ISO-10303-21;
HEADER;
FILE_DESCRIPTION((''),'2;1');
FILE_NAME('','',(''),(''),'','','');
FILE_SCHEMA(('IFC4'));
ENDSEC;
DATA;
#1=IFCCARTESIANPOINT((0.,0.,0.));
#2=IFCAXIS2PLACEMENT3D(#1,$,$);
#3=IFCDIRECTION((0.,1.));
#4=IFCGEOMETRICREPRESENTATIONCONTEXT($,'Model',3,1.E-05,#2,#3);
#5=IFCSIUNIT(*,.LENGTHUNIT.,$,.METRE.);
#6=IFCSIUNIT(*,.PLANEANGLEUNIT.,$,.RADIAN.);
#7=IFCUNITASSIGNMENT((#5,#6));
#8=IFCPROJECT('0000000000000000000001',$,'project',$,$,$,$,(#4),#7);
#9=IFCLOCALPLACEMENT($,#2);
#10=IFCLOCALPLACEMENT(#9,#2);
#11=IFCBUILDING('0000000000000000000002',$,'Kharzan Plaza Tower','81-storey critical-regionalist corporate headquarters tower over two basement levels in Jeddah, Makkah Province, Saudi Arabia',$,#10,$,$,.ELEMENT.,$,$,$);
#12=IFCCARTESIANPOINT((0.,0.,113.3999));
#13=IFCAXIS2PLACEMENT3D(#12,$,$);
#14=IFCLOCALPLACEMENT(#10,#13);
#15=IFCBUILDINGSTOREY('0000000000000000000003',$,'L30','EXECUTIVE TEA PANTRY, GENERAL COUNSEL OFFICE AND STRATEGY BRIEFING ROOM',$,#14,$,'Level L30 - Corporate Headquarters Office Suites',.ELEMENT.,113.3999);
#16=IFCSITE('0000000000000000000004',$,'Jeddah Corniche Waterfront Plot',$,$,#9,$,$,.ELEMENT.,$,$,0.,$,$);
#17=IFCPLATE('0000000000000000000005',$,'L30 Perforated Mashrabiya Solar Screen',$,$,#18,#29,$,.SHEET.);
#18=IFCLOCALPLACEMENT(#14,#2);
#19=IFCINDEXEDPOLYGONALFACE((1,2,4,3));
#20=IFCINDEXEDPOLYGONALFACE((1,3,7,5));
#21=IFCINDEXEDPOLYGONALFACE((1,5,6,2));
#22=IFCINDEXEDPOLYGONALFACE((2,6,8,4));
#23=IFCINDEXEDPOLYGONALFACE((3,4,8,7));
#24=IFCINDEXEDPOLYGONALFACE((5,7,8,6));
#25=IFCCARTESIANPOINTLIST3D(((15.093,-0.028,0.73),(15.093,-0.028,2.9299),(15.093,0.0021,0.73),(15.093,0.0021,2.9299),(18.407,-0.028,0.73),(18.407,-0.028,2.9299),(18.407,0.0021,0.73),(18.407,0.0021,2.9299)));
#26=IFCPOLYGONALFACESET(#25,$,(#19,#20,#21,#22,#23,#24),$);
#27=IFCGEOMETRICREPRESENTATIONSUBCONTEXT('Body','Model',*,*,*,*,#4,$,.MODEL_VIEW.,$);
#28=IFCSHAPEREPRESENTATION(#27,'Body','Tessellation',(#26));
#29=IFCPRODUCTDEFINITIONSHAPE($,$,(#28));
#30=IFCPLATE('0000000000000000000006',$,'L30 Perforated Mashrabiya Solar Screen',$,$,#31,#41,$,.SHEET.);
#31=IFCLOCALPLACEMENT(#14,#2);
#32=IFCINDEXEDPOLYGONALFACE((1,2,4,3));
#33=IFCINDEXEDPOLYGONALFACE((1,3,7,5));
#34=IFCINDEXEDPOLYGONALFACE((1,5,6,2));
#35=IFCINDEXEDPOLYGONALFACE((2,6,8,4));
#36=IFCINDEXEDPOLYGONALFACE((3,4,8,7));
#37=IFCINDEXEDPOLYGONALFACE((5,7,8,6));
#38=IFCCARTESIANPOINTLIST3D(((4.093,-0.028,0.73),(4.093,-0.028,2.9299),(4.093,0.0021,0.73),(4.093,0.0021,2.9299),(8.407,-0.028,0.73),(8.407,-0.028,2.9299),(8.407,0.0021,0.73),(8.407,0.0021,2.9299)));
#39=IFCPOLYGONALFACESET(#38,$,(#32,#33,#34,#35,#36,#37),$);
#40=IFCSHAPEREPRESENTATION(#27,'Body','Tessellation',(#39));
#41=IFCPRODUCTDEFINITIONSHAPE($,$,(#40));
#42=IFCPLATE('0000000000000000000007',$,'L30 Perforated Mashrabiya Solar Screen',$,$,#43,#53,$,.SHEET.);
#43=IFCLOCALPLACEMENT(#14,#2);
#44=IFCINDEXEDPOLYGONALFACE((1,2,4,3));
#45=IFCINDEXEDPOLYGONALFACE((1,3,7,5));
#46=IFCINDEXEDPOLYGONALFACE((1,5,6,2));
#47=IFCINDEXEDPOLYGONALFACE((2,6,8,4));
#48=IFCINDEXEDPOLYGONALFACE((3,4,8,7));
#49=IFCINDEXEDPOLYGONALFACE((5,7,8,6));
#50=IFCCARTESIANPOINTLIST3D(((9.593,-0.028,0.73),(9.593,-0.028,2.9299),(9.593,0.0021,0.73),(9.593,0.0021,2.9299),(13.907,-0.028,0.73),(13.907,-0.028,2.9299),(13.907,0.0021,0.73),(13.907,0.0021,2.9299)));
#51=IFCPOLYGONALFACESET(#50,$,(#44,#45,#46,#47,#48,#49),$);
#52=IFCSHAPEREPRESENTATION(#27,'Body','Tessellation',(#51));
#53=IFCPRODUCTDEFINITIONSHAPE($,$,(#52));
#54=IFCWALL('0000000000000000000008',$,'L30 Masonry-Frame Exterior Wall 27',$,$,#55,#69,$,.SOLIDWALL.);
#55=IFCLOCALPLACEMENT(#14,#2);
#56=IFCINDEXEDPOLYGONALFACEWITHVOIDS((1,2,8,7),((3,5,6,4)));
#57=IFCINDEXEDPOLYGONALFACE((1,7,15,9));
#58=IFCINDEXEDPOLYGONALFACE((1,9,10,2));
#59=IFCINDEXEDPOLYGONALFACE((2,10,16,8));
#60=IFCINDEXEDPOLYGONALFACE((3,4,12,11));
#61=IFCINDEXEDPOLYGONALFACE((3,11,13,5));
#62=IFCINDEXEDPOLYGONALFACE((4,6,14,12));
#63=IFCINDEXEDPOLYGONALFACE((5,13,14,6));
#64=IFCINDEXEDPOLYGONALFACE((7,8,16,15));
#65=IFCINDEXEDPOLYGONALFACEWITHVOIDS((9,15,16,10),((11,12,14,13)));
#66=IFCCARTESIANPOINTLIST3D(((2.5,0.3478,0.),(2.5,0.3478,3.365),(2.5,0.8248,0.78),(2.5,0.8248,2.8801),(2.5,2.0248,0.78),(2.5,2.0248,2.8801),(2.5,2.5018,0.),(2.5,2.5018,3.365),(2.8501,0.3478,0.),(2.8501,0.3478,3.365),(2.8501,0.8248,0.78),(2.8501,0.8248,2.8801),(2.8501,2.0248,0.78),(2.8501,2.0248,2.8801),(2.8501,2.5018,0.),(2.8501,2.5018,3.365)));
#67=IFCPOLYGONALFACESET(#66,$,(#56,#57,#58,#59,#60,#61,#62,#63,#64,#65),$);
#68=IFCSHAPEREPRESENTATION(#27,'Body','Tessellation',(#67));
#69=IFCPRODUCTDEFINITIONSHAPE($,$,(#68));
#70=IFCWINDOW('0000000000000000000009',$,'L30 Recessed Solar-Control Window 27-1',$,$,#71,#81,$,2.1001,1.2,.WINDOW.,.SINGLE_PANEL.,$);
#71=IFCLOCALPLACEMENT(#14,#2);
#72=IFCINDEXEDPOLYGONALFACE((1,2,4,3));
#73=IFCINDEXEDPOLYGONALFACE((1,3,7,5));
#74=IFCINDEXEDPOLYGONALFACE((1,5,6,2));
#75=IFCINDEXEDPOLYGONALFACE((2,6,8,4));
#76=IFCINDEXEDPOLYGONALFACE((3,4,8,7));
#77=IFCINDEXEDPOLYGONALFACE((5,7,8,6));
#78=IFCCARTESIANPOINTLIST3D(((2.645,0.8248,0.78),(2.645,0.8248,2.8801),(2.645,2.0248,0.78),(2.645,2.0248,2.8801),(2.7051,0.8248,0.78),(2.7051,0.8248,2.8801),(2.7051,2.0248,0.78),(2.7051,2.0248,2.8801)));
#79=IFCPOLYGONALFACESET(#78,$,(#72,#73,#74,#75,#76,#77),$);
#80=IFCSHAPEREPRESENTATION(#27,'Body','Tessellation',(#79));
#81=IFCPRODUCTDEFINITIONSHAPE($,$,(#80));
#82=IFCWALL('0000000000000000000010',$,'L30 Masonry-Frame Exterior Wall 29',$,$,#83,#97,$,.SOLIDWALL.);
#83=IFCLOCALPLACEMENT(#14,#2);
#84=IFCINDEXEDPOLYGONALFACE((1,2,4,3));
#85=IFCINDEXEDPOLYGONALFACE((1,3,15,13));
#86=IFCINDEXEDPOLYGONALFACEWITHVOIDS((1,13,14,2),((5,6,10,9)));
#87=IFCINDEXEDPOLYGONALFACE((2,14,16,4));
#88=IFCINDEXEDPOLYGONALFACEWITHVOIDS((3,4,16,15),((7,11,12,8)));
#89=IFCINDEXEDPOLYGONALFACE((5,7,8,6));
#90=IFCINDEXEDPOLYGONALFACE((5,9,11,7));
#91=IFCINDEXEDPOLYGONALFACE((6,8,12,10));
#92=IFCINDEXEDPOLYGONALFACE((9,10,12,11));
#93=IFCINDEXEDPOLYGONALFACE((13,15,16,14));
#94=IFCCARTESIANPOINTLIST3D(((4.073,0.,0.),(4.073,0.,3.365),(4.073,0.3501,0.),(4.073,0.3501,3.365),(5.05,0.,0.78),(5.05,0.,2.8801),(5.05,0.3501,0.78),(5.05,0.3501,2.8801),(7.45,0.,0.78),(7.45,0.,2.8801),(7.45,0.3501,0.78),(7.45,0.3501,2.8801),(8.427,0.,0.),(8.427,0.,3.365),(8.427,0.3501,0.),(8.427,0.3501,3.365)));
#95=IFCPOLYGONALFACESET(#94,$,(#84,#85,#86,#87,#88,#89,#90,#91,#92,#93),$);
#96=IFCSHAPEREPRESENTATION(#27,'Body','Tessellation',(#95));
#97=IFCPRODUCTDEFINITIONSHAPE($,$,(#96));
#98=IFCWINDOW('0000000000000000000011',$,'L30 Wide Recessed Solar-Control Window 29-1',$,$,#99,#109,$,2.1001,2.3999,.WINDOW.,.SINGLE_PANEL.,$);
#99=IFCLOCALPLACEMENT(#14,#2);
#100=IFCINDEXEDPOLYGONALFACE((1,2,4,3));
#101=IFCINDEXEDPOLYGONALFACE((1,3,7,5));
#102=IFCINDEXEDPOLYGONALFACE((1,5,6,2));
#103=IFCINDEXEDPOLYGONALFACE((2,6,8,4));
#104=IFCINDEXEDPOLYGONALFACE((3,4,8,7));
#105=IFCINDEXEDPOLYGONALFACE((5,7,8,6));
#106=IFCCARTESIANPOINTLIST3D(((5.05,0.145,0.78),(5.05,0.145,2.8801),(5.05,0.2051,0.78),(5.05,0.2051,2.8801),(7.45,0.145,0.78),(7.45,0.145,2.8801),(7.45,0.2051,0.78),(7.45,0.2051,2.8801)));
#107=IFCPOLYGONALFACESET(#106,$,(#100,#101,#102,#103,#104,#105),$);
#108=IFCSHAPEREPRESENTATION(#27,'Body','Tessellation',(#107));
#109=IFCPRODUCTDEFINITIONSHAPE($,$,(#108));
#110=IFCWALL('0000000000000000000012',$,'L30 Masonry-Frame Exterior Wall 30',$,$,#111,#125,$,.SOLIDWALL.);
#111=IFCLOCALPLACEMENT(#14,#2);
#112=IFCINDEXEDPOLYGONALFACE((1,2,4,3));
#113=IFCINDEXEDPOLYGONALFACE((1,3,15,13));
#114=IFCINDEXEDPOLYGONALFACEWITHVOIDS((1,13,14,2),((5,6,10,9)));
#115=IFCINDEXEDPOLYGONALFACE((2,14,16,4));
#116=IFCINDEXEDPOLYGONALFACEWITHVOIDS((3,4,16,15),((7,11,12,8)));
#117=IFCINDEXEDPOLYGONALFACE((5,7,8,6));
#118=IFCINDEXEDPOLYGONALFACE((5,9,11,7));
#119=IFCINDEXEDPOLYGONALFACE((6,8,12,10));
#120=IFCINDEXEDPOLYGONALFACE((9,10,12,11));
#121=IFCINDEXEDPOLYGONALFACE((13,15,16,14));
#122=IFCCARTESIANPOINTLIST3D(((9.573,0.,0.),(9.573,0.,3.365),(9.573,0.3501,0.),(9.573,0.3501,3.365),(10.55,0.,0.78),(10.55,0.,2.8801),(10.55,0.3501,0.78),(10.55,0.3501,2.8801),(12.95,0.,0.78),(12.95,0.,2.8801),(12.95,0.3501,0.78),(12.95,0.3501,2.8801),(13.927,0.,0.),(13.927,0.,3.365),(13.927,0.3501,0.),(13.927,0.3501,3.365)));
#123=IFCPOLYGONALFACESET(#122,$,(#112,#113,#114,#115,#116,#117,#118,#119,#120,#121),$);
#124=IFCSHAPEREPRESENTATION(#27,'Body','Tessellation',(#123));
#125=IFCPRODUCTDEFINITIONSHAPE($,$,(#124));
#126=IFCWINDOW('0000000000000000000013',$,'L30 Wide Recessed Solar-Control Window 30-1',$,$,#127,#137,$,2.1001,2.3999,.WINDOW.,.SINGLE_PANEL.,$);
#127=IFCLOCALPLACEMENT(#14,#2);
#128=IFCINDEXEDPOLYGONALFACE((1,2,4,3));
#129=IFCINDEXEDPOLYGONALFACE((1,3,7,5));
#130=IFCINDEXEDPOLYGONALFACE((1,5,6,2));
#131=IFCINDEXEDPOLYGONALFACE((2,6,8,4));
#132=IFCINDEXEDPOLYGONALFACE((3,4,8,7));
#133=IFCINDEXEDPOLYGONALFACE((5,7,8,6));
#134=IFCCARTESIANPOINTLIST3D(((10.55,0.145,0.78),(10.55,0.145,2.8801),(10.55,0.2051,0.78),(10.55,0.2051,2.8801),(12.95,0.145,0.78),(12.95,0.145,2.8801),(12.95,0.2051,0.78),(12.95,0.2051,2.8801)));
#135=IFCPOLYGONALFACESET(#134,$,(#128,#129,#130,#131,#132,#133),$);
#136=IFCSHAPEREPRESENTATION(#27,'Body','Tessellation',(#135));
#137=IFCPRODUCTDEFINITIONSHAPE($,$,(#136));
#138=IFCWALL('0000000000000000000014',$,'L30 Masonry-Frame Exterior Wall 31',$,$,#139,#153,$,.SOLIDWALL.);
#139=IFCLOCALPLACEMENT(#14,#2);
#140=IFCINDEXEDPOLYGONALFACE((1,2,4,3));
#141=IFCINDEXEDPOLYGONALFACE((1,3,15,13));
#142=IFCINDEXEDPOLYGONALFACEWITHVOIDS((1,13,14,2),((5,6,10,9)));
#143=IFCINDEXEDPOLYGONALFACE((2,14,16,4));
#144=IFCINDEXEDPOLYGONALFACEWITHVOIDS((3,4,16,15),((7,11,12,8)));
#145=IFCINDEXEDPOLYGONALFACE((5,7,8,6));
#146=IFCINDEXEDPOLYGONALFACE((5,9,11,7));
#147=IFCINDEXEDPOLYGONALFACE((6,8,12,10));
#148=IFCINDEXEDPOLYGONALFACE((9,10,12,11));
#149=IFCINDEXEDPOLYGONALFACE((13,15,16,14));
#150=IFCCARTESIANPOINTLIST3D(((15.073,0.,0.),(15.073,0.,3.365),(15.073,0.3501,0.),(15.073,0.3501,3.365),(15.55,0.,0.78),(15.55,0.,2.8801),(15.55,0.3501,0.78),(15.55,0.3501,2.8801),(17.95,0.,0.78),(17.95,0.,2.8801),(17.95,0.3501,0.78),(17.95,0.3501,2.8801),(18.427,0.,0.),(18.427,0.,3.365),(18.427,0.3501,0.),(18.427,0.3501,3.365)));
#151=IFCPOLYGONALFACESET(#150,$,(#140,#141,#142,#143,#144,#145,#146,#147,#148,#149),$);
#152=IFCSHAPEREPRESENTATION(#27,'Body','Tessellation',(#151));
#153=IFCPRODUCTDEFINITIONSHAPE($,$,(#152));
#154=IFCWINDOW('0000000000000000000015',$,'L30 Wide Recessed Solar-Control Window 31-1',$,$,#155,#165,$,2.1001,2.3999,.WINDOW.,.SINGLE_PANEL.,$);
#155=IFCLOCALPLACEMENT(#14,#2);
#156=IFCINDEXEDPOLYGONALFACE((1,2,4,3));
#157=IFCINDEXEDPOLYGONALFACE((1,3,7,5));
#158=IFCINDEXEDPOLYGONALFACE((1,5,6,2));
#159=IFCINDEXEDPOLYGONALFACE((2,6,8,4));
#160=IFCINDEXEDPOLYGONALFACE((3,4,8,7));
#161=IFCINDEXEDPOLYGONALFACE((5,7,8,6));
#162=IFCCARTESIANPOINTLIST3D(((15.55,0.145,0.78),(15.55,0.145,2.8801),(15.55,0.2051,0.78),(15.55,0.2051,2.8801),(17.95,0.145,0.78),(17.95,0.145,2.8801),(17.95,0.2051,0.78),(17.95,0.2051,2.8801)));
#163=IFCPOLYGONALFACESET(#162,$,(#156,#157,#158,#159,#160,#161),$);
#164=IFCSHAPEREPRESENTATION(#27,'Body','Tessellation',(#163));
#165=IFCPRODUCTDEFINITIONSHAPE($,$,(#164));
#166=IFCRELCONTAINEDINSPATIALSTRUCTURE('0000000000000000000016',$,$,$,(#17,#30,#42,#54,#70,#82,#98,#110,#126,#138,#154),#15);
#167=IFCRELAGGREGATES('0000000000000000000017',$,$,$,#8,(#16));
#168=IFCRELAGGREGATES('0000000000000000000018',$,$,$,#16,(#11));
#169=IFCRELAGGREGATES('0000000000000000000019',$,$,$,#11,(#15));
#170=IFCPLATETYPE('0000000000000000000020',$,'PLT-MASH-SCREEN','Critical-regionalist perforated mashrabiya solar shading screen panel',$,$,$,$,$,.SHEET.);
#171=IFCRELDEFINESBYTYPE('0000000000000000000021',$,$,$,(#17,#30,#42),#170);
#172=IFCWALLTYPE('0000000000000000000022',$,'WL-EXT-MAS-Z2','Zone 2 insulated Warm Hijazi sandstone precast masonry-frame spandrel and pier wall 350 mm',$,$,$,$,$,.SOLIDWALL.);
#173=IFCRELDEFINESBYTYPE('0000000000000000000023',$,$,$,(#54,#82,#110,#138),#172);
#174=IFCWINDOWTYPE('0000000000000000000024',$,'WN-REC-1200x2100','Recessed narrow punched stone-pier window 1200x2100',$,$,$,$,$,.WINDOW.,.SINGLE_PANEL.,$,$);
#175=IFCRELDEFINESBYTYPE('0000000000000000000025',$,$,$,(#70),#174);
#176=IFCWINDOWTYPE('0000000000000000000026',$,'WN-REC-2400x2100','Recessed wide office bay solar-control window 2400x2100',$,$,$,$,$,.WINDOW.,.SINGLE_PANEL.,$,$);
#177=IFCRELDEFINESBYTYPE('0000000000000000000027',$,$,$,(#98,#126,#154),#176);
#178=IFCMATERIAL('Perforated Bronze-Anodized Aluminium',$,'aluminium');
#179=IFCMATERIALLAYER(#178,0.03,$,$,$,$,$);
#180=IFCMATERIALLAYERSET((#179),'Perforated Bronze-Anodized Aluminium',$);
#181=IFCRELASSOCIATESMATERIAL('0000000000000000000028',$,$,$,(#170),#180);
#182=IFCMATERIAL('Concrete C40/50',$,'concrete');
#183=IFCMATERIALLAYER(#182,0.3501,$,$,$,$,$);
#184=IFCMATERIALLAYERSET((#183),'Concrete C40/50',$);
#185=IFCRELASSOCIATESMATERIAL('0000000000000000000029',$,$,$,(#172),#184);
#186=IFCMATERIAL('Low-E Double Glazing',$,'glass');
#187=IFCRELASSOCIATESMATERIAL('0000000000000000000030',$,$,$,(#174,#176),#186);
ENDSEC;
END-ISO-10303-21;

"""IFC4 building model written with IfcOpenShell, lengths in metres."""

from ifc_helpers import new_model, si_unit, direction, frame, frame_2d, origin, origin_2d, place, context, subcontext, project, spatial, rectangle, extrude, source, transform, mapped, material, layer, layer_set, type_object, element, fill, save


model = new_model("IFC4")

# Units and contexts
model_context = context("Model", 3, precision=1e-05, world=origin(), true_north=direction((0.0, 1.0)))
body_context = subcontext(model_context, "Body", "Model", "MODEL_VIEW")
ifc_project = project(units=[si_unit("LENGTHUNIT", "METRE"), si_unit("PLANEANGLEUNIT", "RADIAN")], contexts=[model_context])

# Site, building, storey
site_placement = place(None, origin())
site = spatial("IfcSite", under=ifc_project, at=site_placement, Name="Jeddah Corniche Waterfront Plot", CompositionType="ELEMENT", RefElevation=0.0)
building_placement = place(site_placement, origin())
building = spatial("IfcBuilding", under=site, at=building_placement, Name="Kharzan Plaza Tower", Description="81-storey critical-regionalist corporate headquarters tower over two basement levels in Jeddah, Makkah Province, Saudi Arabia", CompositionType="ELEMENT")
storey_placement = place(building_placement, frame((0.0, 0.0, 113.3999)))
storey = spatial("IfcBuildingStorey", under=building, at=storey_placement, Name="L30", Description="EXECUTIVE TEA PANTRY, GENERAL COUNSEL OFFICE AND STRATEGY BRIEFING ROOM", LongName="Level L30 - Corporate Headquarters Office Suites", CompositionType="ELEMENT", Elevation=113.3999)

# Plates
ifc_material_1 = material(Name="Perforated Bronze-Anodized Aluminium", Category="aluminium")
ifc_layer_1 = layer(ifc_material_1, 0.03)
ifc_layer_set_1 = layer_set([ifc_layer_1], Name="Perforated Bronze-Anodized Aluminium")
plate_type = type_object("IfcPlateType", Name="PLT-MASH-SCREEN", Description="Critical-regionalist perforated mashrabiya solar shading screen panel", PredefinedType="SHEET", material=ifc_layer_set_1)
shared_shape_1 = source(origin(), body_context, "Body", "SweptSolid", [
    extrude(rectangle(XDim=3.314, YDim=0.03, at=origin_2d()), origin(), (0.0, 0.0, 1.0), 2.2),
])
plate_placement = place(storey_placement, frame((16.75, -0.0129, 0.73), z_axis=(0.0, 0.0, 1.0), x_axis=(1.0, 0.0, 0.0)))
element("IfcPlate", 1, at=plate_placement, inside=storey, type_object=plate_type, Name="L30 Perforated Mashrabiya Solar Screen", PredefinedType="SHEET", context=body_context, shape_type="MappedRepresentation", body=[
    mapped(shared_shape_1, transform((0.0, 0.0, 0.0), x_axis=(1.0, 0.0, 0.0), y_axis=(0.0, 1.0, 0.0), z_axis=(0.0, 0.0, 1.0))),
])
shared_shape_2 = source(origin(), body_context, "Body", "SweptSolid", [
    extrude(rectangle(XDim=4.314, YDim=0.03, at=origin_2d()), origin(), (0.0, 0.0, 1.0), 2.2),
])
for number, where, z_axis, x_axis, name in (
    (2, (6.25, -0.0129, 0.73), (0.0, 0.0, 1.0), (1.0, 0.0, 0.0), "L30 Perforated Mashrabiya Solar Screen"),
    (3, (11.75, -0.0129, 0.73), (0.0, 0.0, 1.0), (1.0, 0.0, 0.0), "L30 Perforated Mashrabiya Solar Screen"),
):
    element("IfcPlate", number, at=place(storey_placement, frame(where, z_axis=z_axis, x_axis=x_axis)), inside=storey, type_object=plate_type, Name=name, PredefinedType="SHEET", context=body_context, shape_type="MappedRepresentation", body=[
        mapped(shared_shape_2, transform((0.0, 0.0, 0.0), x_axis=(1.0, 0.0, 0.0), y_axis=(0.0, 1.0, 0.0), z_axis=(0.0, 0.0, 1.0))),
    ])

# Walls, openings, windows
ifc_material_2 = material(Name="Concrete C40/50", Category="concrete")
ifc_layer_2 = layer(ifc_material_2, 0.3501)
ifc_layer_set_2 = layer_set([ifc_layer_2], Name="Concrete C40/50")
wall_type_1 = type_object("IfcWallType", Name="WL-EXT-MAS-Z2", Description="Zone 2 insulated Warm Hijazi sandstone precast masonry-frame spandrel and pier wall 350 mm", PredefinedType="SOLIDWALL", material=ifc_layer_set_2)
wall_1_placement = place(storey_placement, frame((2.675, 2.502, 0.0), z_axis=(0.0, 0.0, 1.0), x_axis=(0.0, -1.0, 0.0)))
wall_1 = element("IfcWall", 4, at=wall_1_placement, inside=storey, type_object=wall_type_1, Name="L30 Masonry-Frame Exterior Wall 27", PredefinedType="SOLIDWALL", context=body_context, shape_type="SweptSolid", body=[
    extrude(rectangle(XDim=2.1541, YDim=0.3501, at=frame_2d((1.0771, 0.0))), origin(), (0.0, 0.0, 1.0), 3.365),
])
opening_1_placement = place(wall_1_placement, frame((0.4771, 0.0, 0.78)))
opening_1 = element("IfcOpeningElement", 5, at=opening_1_placement, cuts=wall_1, PredefinedType="OPENING", context=body_context, shape_type="SweptSolid", body=[
    extrude(rectangle(XDim=1.2, YDim=2.1001, at=frame_2d((0.6001, 1.05))), frame((0.0, 0.1851, 0.0), z_axis=(0.0, -1.0, 0.0), x_axis=(1.0, 0.0, 0.0)), (0.0, 0.0, 1.0), 0.3701),
])
ifc_material_3 = material(Name="Low-E Double Glazing", Category="glass")
window_type_1 = type_object("IfcWindowType", Name="WN-REC-1200x2100", Description="Recessed narrow punched stone-pier window 1200x2100", PartitioningType="SINGLE_PANEL", PredefinedType="WINDOW", material=ifc_material_3)
shared_shape_3 = source(origin(), body_context, "Body", "SweptSolid", [
    extrude(rectangle(XDim=1.2, YDim=2.1001, at=frame_2d((0.6001, 1.05))), frame((0.0, 0.03, 0.0), z_axis=(0.0, -1.0, 0.0), x_axis=(1.0, 0.0, 0.0)), (0.0, 0.0, 1.0), 0.0601),
])
window_1_placement = place(opening_1_placement, origin())
window_1 = element("IfcWindow", 6, at=window_1_placement, inside=storey, type_object=window_type_1, Name="L30 Recessed Solar-Control Window 27-1", OverallHeight=2.1001, OverallWidth=1.2, PartitioningType="SINGLE_PANEL", PredefinedType="WINDOW", context=body_context, shape_type="MappedRepresentation", body=[
    mapped(shared_shape_3, transform((0.0, 0.0, 0.0), x_axis=(1.0, 0.0, 0.0), y_axis=(0.0, 1.0, 0.0), z_axis=(0.0, 0.0, 1.0))),
])
fill(opening_1, window_1)
wall_2_placement = place(storey_placement, frame((4.073, 0.175, 0.0), z_axis=(0.0, 0.0, 1.0), x_axis=(1.0, 0.0, 0.0)))
wall_2 = element("IfcWall", 7, at=wall_2_placement, inside=storey, type_object=wall_type_1, Name="L30 Masonry-Frame Exterior Wall 29", PredefinedType="SOLIDWALL", context=body_context, shape_type="SweptSolid", body=[
    extrude(rectangle(XDim=4.354, YDim=0.3501, at=frame_2d((2.177, 0.0))), origin(), (0.0, 0.0, 1.0), 3.365),
])
opening_2_placement = place(wall_2_placement, frame((0.9771, 0.0, 0.78)))
opening_2 = element("IfcOpeningElement", 8, at=opening_2_placement, cuts=wall_2, PredefinedType="OPENING", context=body_context, shape_type="SweptSolid", body=[
    extrude(rectangle(XDim=2.3999, YDim=2.1001, at=frame_2d((1.2, 1.05))), frame((0.0, 0.1851, 0.0), z_axis=(0.0, -1.0, 0.0), x_axis=(1.0, 0.0, 0.0)), (0.0, 0.0, 1.0), 0.3701),
])
window_type_2 = type_object("IfcWindowType", Name="WN-REC-2400x2100", Description="Recessed wide office bay solar-control window 2400x2100", PartitioningType="SINGLE_PANEL", PredefinedType="WINDOW", material=ifc_material_3)
shared_shape_4 = source(origin(), body_context, "Body", "SweptSolid", [
    extrude(rectangle(XDim=2.3999, YDim=2.1001, at=frame_2d((1.2, 1.05))), frame((0.0, 0.03, 0.0), z_axis=(0.0, -1.0, 0.0), x_axis=(1.0, 0.0, 0.0)), (0.0, 0.0, 1.0), 0.0601),
])
window_2_placement = place(opening_2_placement, origin())
window_2 = element("IfcWindow", 9, at=window_2_placement, inside=storey, type_object=window_type_2, Name="L30 Wide Recessed Solar-Control Window 29-1", OverallHeight=2.1001, OverallWidth=2.3999, PartitioningType="SINGLE_PANEL", PredefinedType="WINDOW", context=body_context, shape_type="MappedRepresentation", body=[
    mapped(shared_shape_4, transform((0.0, 0.0, 0.0), x_axis=(1.0, 0.0, 0.0), y_axis=(0.0, 1.0, 0.0), z_axis=(0.0, 0.0, 1.0))),
])
fill(opening_2, window_2)
wall_3_placement = place(storey_placement, frame((9.573, 0.175, 0.0), z_axis=(0.0, 0.0, 1.0), x_axis=(1.0, 0.0, 0.0)))
wall_3 = element("IfcWall", 10, at=wall_3_placement, inside=storey, type_object=wall_type_1, Name="L30 Masonry-Frame Exterior Wall 30", PredefinedType="SOLIDWALL", context=body_context, shape_type="SweptSolid", body=[
    extrude(rectangle(XDim=4.354, YDim=0.3501, at=frame_2d((2.177, 0.0))), origin(), (0.0, 0.0, 1.0), 3.365),
])
opening_3_placement = place(wall_3_placement, frame((0.9771, 0.0, 0.78)))
opening_3 = element("IfcOpeningElement", 11, at=opening_3_placement, cuts=wall_3, PredefinedType="OPENING", context=body_context, shape_type="SweptSolid", body=[
    extrude(rectangle(XDim=2.3999, YDim=2.1001, at=frame_2d((1.2, 1.05))), frame((0.0, 0.1851, 0.0), z_axis=(0.0, -1.0, 0.0), x_axis=(1.0, 0.0, 0.0)), (0.0, 0.0, 1.0), 0.3701),
])
window_3_placement = place(opening_3_placement, origin())
window_3 = element("IfcWindow", 12, at=window_3_placement, inside=storey, type_object=window_type_2, Name="L30 Wide Recessed Solar-Control Window 30-1", OverallHeight=2.1001, OverallWidth=2.3999, PartitioningType="SINGLE_PANEL", PredefinedType="WINDOW", context=body_context, shape_type="MappedRepresentation", body=[
    mapped(shared_shape_4, transform((0.0, 0.0, 0.0), x_axis=(1.0, 0.0, 0.0), y_axis=(0.0, 1.0, 0.0), z_axis=(0.0, 0.0, 1.0))),
])
fill(opening_3, window_3)
wall_4_placement = place(storey_placement, frame((15.073, 0.175, 0.0), z_axis=(0.0, 0.0, 1.0), x_axis=(1.0, 0.0, 0.0)))
wall_4 = element("IfcWall", 13, at=wall_4_placement, inside=storey, type_object=wall_type_1, Name="L30 Masonry-Frame Exterior Wall 31", PredefinedType="SOLIDWALL", context=body_context, shape_type="SweptSolid", body=[
    extrude(rectangle(XDim=3.354, YDim=0.3501, at=frame_2d((1.677, 0.0))), origin(), (0.0, 0.0, 1.0), 3.365),
])
opening_4_placement = place(wall_4_placement, frame((0.4771, 0.0, 0.78)))
opening_4 = element("IfcOpeningElement", 14, at=opening_4_placement, cuts=wall_4, PredefinedType="OPENING", context=body_context, shape_type="SweptSolid", body=[
    extrude(rectangle(XDim=2.3999, YDim=2.1001, at=frame_2d((1.2, 1.05))), frame((0.0, 0.1851, 0.0), z_axis=(0.0, -1.0, 0.0), x_axis=(1.0, 0.0, 0.0)), (0.0, 0.0, 1.0), 0.3701),
])
window_4_placement = place(opening_4_placement, origin())
window_4 = element("IfcWindow", 15, at=window_4_placement, inside=storey, type_object=window_type_2, Name="L30 Wide Recessed Solar-Control Window 31-1", OverallHeight=2.1001, OverallWidth=2.3999, PartitioningType="SINGLE_PANEL", PredefinedType="WINDOW", context=body_context, shape_type="MappedRepresentation", body=[
    mapped(shared_shape_4, transform((0.0, 0.0, 0.0), x_axis=(1.0, 0.0, 0.0), y_axis=(0.0, 1.0, 0.0), z_axis=(0.0, 0.0, 1.0))),
])
fill(opening_4, window_4)

save(model, "model.ifc")
